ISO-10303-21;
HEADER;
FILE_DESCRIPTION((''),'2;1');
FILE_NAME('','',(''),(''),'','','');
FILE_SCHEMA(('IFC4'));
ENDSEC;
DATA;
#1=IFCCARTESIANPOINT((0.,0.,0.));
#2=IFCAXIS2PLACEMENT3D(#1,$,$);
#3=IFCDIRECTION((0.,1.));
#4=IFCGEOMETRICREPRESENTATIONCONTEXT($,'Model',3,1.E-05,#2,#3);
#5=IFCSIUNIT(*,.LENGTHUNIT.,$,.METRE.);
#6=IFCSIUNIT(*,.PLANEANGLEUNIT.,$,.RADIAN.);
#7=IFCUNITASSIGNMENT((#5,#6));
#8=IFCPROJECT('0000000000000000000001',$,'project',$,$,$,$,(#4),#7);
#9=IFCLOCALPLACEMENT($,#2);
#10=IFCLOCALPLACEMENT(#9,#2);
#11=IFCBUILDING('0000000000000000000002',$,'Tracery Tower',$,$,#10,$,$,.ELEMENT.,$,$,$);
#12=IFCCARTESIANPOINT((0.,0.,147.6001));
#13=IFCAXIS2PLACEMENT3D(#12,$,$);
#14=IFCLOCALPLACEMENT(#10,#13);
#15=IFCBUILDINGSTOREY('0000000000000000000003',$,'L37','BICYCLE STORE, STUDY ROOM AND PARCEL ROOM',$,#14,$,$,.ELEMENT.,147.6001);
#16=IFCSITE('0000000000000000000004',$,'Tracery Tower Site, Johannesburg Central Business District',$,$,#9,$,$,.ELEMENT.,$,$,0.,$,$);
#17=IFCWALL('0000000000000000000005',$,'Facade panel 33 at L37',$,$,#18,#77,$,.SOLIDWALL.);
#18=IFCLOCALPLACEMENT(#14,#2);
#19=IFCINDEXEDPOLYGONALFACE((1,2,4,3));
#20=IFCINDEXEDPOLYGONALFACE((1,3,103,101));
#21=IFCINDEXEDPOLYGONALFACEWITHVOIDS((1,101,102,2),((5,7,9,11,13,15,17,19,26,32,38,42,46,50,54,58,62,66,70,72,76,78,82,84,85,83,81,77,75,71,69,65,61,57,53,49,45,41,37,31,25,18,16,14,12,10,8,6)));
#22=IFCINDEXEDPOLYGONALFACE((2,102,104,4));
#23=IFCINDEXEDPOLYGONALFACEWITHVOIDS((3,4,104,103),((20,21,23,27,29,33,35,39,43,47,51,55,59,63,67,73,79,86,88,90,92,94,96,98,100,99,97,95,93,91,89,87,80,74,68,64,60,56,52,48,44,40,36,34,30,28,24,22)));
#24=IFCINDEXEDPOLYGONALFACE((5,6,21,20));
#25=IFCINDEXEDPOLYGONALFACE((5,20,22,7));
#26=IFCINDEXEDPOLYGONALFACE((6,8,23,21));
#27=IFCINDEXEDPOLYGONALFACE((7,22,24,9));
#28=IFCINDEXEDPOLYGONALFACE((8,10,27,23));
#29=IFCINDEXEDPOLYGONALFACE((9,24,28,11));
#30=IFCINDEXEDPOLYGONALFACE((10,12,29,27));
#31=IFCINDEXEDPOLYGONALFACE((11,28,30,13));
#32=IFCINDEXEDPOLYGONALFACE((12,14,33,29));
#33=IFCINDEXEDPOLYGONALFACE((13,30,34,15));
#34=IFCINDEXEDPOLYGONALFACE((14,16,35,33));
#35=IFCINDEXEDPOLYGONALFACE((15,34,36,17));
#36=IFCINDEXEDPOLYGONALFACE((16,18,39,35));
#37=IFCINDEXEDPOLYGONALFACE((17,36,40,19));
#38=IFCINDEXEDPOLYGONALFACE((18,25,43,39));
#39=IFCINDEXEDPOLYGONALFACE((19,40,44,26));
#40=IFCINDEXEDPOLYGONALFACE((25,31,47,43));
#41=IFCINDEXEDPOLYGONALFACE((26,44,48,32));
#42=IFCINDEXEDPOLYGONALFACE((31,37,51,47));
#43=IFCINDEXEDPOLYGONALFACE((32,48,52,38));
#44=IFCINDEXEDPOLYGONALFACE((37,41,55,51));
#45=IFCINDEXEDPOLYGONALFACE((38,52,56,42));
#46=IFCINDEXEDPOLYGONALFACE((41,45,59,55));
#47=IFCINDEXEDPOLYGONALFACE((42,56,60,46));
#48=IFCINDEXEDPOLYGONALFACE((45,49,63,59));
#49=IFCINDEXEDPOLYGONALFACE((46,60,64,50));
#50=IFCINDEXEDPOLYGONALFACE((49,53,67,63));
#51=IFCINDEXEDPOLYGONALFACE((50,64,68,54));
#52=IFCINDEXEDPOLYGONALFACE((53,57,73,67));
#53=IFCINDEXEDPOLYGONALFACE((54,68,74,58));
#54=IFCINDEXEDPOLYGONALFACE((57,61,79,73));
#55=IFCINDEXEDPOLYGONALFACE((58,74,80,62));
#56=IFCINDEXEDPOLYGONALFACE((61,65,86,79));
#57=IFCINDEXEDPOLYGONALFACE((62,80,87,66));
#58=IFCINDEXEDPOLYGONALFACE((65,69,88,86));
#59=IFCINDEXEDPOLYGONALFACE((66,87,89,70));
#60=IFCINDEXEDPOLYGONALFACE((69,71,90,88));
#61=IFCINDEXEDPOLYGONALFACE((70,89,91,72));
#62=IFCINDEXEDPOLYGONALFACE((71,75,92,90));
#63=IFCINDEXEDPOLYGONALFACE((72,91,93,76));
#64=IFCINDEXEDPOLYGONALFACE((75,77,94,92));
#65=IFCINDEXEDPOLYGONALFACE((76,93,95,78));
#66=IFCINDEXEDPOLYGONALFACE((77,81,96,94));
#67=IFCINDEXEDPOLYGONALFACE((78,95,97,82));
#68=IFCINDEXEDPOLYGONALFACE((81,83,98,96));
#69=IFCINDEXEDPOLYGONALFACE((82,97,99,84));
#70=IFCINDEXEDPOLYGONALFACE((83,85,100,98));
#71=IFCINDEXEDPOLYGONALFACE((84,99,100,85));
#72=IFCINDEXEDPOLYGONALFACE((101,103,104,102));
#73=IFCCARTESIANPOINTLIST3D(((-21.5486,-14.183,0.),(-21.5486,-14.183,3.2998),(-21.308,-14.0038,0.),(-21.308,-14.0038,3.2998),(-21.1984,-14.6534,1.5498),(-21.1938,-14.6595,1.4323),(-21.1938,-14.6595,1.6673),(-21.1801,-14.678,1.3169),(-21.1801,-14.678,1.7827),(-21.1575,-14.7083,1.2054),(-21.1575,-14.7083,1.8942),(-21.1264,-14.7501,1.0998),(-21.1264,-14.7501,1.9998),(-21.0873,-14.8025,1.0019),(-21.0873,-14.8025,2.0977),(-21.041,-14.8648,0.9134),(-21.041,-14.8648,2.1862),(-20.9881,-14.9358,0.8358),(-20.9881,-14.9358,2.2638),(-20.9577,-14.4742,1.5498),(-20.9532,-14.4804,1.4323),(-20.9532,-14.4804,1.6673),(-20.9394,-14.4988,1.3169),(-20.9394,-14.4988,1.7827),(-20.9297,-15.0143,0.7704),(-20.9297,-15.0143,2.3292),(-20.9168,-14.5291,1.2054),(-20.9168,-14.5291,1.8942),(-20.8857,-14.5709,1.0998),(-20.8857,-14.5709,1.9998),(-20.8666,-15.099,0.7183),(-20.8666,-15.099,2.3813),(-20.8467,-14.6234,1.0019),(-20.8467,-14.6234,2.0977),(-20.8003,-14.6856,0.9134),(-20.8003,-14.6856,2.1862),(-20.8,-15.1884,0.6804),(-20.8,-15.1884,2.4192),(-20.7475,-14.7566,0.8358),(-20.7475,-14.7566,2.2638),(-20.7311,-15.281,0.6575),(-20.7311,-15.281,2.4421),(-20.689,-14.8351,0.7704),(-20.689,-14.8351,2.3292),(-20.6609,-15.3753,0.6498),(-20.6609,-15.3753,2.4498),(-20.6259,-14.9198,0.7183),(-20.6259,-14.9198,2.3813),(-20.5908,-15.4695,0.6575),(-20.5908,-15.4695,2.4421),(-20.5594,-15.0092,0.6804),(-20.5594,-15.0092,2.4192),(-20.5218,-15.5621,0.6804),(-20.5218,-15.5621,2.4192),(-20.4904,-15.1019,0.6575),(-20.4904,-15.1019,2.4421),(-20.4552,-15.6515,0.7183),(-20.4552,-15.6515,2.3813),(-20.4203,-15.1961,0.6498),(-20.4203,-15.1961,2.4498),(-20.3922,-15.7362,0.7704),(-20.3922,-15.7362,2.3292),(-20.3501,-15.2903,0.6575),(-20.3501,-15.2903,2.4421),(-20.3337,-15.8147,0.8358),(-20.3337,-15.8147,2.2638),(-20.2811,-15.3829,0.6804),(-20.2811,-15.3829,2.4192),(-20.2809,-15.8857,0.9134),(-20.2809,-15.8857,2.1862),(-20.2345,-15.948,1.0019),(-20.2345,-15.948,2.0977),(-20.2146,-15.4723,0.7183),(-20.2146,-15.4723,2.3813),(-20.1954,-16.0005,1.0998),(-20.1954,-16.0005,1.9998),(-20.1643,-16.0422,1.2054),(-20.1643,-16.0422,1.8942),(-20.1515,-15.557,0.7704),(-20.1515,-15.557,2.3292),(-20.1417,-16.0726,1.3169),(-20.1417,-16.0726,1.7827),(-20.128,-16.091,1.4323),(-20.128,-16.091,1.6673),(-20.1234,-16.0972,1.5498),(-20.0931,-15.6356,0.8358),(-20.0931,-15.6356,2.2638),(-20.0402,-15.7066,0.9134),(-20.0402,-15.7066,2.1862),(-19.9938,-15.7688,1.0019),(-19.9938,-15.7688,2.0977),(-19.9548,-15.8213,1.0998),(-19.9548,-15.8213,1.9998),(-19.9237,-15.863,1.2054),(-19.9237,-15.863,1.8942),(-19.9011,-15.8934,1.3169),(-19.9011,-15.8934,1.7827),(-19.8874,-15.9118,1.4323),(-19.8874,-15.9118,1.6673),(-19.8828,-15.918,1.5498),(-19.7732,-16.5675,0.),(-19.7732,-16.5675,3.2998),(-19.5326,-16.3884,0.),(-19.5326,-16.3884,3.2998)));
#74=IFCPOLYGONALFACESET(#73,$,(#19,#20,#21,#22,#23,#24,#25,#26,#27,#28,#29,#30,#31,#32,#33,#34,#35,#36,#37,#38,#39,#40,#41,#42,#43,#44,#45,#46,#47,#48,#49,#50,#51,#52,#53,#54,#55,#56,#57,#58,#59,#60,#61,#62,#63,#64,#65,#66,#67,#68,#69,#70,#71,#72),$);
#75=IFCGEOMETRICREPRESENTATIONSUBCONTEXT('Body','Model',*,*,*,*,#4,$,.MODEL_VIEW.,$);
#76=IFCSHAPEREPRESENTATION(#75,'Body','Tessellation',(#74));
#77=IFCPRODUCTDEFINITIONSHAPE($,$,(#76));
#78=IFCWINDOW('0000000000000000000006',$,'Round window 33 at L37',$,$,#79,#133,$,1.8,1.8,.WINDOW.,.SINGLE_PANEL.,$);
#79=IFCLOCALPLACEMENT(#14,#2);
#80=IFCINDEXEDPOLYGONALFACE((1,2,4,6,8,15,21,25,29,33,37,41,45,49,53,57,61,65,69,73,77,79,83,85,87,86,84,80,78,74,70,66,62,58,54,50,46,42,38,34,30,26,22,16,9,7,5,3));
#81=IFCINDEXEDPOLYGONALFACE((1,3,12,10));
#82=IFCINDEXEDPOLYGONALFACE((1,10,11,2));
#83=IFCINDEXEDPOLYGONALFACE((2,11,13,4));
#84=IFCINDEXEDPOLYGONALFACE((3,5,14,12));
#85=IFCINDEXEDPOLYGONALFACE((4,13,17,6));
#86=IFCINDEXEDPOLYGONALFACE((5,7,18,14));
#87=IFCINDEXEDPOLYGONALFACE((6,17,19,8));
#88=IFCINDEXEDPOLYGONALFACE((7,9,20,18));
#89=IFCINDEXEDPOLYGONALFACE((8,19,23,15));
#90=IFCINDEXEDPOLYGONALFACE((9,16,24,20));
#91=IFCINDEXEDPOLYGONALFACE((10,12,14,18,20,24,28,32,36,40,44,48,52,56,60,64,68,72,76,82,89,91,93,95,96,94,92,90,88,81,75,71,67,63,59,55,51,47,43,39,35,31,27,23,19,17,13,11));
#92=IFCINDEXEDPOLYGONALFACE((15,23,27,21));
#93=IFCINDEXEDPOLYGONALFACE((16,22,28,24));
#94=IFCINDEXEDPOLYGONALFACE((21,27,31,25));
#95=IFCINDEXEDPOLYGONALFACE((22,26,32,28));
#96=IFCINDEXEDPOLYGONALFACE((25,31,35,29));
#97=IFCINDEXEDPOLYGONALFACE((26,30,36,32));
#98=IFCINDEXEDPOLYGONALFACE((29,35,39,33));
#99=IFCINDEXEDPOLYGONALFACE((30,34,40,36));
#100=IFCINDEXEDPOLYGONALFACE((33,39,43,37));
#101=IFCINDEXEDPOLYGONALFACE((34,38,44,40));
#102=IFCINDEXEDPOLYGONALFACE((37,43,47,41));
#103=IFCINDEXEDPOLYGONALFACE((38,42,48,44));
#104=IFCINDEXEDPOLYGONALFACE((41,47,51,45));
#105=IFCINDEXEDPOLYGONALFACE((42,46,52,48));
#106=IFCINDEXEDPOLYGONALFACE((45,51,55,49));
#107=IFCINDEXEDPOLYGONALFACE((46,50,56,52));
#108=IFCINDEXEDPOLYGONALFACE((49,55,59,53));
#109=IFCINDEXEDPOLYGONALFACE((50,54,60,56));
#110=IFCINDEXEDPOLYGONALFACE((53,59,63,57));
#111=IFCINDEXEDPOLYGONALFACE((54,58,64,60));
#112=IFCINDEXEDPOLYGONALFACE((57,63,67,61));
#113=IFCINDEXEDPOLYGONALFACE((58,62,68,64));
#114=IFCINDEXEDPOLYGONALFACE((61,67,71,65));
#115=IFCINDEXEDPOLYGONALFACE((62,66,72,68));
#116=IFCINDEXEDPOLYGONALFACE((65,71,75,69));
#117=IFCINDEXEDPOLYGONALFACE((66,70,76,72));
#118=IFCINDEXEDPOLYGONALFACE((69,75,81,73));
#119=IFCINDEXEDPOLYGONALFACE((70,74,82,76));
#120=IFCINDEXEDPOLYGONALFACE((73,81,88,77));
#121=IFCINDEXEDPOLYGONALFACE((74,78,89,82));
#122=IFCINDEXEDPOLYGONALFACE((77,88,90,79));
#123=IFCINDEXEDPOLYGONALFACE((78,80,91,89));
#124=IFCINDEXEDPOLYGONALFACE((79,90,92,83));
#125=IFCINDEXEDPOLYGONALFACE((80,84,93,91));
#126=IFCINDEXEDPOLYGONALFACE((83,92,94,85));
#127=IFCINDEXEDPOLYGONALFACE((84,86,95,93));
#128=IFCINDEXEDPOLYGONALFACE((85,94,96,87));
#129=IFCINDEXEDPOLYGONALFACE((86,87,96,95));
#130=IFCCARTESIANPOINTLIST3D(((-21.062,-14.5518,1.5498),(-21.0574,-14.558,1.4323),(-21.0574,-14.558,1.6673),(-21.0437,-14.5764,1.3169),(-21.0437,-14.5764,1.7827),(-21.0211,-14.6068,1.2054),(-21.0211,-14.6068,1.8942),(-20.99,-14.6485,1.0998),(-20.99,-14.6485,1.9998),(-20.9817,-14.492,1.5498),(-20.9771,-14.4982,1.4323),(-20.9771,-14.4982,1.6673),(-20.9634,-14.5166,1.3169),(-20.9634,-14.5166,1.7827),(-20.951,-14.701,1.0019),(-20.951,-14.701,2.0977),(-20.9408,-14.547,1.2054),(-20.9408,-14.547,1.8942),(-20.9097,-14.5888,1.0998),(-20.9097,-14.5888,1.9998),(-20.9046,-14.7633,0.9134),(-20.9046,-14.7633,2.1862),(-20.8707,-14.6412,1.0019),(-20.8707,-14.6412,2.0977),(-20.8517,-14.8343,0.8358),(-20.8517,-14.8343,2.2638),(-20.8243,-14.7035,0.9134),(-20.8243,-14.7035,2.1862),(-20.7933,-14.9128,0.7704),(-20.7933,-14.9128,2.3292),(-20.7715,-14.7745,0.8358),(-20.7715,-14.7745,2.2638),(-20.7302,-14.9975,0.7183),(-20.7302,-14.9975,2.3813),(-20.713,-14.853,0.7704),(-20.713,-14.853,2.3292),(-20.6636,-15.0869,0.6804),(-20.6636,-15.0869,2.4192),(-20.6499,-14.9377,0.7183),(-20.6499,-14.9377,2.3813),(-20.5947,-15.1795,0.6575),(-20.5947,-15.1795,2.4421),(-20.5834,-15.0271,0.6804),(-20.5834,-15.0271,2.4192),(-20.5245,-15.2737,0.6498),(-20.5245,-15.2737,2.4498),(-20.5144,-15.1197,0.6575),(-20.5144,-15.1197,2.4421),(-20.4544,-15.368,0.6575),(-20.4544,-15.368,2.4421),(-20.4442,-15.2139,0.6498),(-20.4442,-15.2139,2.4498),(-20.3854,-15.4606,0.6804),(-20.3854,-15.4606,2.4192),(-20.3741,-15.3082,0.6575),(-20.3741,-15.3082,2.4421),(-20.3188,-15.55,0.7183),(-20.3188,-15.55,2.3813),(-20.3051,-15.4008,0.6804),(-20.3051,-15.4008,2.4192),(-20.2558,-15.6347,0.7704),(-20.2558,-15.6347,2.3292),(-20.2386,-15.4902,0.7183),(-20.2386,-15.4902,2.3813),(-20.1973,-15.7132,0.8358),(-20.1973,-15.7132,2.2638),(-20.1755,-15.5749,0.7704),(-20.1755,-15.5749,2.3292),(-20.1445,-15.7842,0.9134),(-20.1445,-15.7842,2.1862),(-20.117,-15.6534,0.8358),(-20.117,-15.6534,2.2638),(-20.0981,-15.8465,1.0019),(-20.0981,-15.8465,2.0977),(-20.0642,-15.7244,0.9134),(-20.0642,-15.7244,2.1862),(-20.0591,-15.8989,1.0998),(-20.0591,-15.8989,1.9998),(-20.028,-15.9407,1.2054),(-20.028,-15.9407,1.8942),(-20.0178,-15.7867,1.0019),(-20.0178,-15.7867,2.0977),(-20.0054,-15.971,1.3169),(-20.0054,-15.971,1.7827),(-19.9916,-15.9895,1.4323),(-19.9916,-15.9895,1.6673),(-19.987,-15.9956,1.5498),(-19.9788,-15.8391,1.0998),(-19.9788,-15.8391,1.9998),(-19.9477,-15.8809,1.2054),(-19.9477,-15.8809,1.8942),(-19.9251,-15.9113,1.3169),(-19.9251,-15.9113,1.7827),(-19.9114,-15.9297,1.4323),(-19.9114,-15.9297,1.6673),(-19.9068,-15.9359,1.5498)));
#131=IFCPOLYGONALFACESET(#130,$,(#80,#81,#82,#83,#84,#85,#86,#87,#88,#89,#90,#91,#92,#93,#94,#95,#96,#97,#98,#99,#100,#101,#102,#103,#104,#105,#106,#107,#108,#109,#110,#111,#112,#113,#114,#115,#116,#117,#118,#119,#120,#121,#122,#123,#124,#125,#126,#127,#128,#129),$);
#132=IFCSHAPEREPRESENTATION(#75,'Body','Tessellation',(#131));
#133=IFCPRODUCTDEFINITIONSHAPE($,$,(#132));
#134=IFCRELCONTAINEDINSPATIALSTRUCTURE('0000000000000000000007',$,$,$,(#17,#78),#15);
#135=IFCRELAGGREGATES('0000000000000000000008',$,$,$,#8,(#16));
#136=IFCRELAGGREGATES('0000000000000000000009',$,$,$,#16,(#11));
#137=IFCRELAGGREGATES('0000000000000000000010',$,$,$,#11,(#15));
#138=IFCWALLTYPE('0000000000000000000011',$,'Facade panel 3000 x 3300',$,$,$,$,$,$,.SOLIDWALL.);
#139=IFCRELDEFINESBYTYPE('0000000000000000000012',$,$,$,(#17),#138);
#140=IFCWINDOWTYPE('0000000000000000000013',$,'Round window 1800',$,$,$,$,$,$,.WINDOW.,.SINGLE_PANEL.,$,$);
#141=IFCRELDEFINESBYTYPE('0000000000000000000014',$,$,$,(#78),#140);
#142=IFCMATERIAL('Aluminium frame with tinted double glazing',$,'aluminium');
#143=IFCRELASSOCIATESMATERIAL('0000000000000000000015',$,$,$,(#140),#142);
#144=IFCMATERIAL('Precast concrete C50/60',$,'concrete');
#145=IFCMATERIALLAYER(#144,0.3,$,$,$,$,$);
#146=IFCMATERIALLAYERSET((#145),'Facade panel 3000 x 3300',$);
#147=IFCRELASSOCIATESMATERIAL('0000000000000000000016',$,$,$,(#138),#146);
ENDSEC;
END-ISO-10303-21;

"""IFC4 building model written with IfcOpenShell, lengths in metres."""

from ifc_helpers import new_model, si_unit, direction, frame, frame_2d, origin, origin_2d, place, context, subcontext, project, spatial, rectangle, circle, extrude, material, layer, layer_set, type_object, element, fill, save


model = new_model("IFC4")

# Units and contexts
model_context = context("Model", 3, precision=1e-05, world=origin(), true_north=direction((0.0, 1.0)))
body_context = subcontext(model_context, "Body", "Model", "MODEL_VIEW")
ifc_project = project(units=[si_unit("LENGTHUNIT", "METRE"), si_unit("PLANEANGLEUNIT", "RADIAN")], contexts=[model_context])

# Site, building, storey
site_placement = place(None, origin())
site = spatial("IfcSite", under=ifc_project, at=site_placement, Name="Tracery Tower Site, Johannesburg Central Business District", CompositionType="ELEMENT", RefElevation=0.0)
building_placement = place(site_placement, origin())
building = spatial("IfcBuilding", under=site, at=building_placement, Name="Tracery Tower", CompositionType="ELEMENT")
storey_placement = place(building_placement, frame((0.0, 0.0, 147.6001)))
storey = spatial("IfcBuildingStorey", under=building, at=storey_placement, Name="L37", Description="BICYCLE STORE, STUDY ROOM AND PARCEL ROOM", CompositionType="ELEMENT", Elevation=147.6001)

# Wall, opening, window
ifc_material_1 = material(Name="Aluminium frame with tinted double glazing", Category="aluminium")
window_type = type_object("IfcWindowType", Name="Round window 1800", PartitioningType="SINGLE_PANEL", PredefinedType="WINDOW", material=ifc_material_1)
ifc_material_2 = material(Name="Precast concrete C50/60", Category="concrete")
ifc_layer_1 = layer(ifc_material_2, 0.3)
ifc_layer_set_1 = layer_set([ifc_layer_1], Name="Facade panel 3000 x 3300")
wall_type_1 = type_object("IfcWallType", Name="Facade panel 3000 x 3300", PredefinedType="SOLIDWALL", material=ifc_layer_set_1)
wall_1_placement = place(storey_placement, frame((-21.4282, -14.0935, 0.0), z_axis=(0.0, 0.0, 1.0), x_axis=(0.597198, -0.802094, 0.0)))
wall_1 = element("IfcWall", 1, at=wall_1_placement, inside=storey, type_object=wall_type_1, Name="Facade panel 33 at L37", PredefinedType="SOLIDWALL", context=body_context, shape_type="SweptSolid", body=[
    extrude(rectangle(XDim=2.9729, YDim=0.3, at=frame_2d((1.4863, 0.0))), origin(), (0.0, 0.0, 1.0), 3.2998),
])
opening_1_placement = place(wall_1_placement, frame((1.4863, 0.0, 1.5498)))
opening_1 = element("IfcOpeningElement", 2, at=opening_1_placement, cuts=wall_1, PredefinedType="OPENING", context=body_context, shape_type="SweptSolid", body=[
    extrude(circle(Radius=0.9, at=origin_2d()), frame((0.0, 0.1599, 0.0), z_axis=(0.0, -1.0, 0.0), x_axis=(1.0, 0.0, 0.0)), (0.0, 0.0, 1.0), 0.3201),
])
window_1_placement = place(opening_1_placement, origin())
window_1 = element("IfcWindow", 3, at=window_1_placement, inside=storey, type_object=window_type, Name="Round window 33 at L37", OverallHeight=1.8, OverallWidth=1.8, PartitioningType="SINGLE_PANEL", PredefinedType="WINDOW", context=body_context, shape_type="SweptSolid", body=[
    extrude(circle(Radius=0.9, at=origin_2d()), frame((0.0, 0.1201, 0.0), z_axis=(0.0, -1.0, 0.0), x_axis=(1.0, 0.0, 0.0)), (0.0, 0.0, 1.0), 0.1001),
])
fill(opening_1, window_1)

save(model, "model.ifc")
